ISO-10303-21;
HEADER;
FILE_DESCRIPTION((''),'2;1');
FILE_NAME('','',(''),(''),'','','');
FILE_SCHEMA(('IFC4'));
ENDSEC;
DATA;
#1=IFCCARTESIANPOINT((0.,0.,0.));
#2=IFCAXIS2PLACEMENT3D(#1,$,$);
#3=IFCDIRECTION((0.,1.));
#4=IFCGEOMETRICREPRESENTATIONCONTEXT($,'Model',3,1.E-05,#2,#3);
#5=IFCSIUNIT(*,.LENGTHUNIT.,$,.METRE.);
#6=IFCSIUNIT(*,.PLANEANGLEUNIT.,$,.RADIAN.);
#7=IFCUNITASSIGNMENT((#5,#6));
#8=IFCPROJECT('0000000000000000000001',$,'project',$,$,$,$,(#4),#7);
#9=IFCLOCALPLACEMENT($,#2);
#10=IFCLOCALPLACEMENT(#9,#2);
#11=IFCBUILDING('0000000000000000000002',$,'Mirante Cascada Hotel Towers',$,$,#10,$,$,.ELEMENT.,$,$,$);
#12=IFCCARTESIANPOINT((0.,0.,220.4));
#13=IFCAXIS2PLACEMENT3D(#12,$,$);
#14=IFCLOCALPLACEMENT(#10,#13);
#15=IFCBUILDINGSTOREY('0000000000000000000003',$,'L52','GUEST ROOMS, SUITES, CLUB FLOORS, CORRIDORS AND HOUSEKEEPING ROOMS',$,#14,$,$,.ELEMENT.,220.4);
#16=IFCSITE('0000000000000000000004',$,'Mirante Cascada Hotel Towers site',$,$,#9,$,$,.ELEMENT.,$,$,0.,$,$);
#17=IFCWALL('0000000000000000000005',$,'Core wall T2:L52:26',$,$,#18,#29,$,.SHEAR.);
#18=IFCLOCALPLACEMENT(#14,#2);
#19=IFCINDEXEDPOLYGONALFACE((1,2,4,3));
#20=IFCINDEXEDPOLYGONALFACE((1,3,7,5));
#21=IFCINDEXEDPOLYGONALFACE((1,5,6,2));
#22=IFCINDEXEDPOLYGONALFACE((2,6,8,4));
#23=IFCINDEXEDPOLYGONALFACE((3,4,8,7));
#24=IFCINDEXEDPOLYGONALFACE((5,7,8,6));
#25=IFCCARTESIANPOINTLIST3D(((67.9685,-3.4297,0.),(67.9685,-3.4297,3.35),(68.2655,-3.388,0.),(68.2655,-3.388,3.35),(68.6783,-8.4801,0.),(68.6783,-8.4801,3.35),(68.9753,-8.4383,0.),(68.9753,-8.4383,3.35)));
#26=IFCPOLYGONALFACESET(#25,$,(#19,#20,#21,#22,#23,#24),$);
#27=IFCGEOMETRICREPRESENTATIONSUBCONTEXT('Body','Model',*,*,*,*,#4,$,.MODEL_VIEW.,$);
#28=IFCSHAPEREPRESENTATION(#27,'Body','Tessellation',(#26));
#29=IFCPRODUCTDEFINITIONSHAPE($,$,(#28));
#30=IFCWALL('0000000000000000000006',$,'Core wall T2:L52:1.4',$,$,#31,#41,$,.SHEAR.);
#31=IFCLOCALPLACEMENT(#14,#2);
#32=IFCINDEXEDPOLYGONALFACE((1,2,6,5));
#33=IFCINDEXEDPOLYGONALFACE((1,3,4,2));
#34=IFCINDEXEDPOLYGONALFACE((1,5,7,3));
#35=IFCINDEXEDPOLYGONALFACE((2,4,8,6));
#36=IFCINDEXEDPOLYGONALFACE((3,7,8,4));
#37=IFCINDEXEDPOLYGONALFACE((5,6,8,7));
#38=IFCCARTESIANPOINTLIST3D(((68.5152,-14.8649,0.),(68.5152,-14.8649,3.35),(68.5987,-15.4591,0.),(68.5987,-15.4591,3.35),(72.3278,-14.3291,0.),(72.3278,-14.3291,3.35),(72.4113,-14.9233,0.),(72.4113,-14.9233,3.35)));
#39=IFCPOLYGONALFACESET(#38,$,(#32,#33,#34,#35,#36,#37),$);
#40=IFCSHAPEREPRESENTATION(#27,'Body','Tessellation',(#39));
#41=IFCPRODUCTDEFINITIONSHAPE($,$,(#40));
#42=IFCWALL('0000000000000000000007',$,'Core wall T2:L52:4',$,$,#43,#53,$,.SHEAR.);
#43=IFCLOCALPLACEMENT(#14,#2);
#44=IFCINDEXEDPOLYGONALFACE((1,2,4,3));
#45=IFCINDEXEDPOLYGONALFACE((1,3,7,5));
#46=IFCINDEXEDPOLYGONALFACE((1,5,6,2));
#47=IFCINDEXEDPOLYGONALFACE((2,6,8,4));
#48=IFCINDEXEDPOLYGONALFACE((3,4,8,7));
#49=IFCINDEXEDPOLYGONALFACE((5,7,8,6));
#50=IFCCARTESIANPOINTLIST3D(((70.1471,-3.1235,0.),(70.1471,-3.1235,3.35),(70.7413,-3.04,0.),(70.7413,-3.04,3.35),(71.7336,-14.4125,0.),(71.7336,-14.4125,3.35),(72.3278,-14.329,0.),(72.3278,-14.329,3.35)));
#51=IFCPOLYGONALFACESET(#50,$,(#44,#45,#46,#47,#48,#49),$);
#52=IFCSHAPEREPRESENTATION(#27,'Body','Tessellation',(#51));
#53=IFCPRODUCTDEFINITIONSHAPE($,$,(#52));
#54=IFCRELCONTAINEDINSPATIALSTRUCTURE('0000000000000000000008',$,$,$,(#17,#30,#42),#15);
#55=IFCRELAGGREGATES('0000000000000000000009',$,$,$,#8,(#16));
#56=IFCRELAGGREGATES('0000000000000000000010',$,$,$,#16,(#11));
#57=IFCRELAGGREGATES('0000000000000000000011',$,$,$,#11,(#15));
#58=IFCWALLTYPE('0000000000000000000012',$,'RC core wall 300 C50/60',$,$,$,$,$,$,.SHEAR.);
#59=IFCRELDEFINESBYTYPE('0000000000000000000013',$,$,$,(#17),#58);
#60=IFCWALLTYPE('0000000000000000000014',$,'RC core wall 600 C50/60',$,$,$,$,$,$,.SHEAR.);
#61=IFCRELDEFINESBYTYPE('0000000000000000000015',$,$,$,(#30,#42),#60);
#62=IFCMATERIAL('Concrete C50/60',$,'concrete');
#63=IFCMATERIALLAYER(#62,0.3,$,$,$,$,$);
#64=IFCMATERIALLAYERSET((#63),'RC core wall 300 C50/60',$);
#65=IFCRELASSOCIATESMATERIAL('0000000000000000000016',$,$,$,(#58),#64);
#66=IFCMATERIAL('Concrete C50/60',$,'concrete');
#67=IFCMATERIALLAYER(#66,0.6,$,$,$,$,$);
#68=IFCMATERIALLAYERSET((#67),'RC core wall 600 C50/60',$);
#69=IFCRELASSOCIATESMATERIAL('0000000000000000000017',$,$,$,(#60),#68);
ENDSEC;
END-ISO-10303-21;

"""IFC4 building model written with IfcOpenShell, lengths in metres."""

from ifc_helpers import new_model, si_unit, direction, frame, frame_2d, origin, place, context, subcontext, project, spatial, rectangle, extrude, material, layer, layer_set, type_object, element, save


model = new_model("IFC4")

# Units and contexts
model_context = context("Model", 3, precision=1e-05, world=origin(), true_north=direction((0.0, 1.0)))
body_context = subcontext(model_context, "Body", "Model", "MODEL_VIEW")
ifc_project = project(units=[si_unit("LENGTHUNIT", "METRE"), si_unit("PLANEANGLEUNIT", "RADIAN")], contexts=[model_context])

# Site, building, storey
site_placement = place(None, origin())
site = spatial("IfcSite", under=ifc_project, at=site_placement, Name="Mirante Cascada Hotel Towers site", CompositionType="ELEMENT", RefElevation=0.0)
building_placement = place(site_placement, origin())
building = spatial("IfcBuilding", under=site, at=building_placement, Name="Mirante Cascada Hotel Towers", CompositionType="ELEMENT")
storey_placement = place(building_placement, frame((0.0, 0.0, 220.4)))
storey = spatial("IfcBuildingStorey", under=building, at=storey_placement, Name="L52", Description="GUEST ROOMS, SUITES, CLUB FLOORS, CORRIDORS AND HOUSEKEEPING ROOMS", CompositionType="ELEMENT", Elevation=220.4)

# Walls
ifc_material_1 = material(Name="Concrete C50/60", Category="concrete")
ifc_layer_1 = layer(ifc_material_1, 0.3)
ifc_layer_set_1 = layer_set([ifc_layer_1], Name="RC core wall 300 C50/60")
wall_type_1 = type_object("IfcWallType", Name="RC core wall 300 C50/60", PredefinedType="SHEAR", material=ifc_layer_set_1)
wall_1_placement = place(storey_placement, frame((68.8268, -8.4592, 0.0), z_axis=(0.0, 0.0, 1.0), x_axis=(-0.139176, 0.990268, 0.0)))
element("IfcWall", 1, at=wall_1_placement, inside=storey, type_object=wall_type_1, Name="Core wall T2:L52:26", PredefinedType="SHEAR", context=body_context, shape_type="SweptSolid", body=[
    extrude(rectangle(XDim=5.1, YDim=0.3, at=frame_2d((2.55, 0.0))), origin(), (0.0, 0.0, 1.0), 3.35),
])
ifc_material_2 = material(Name="Concrete C50/60", Category="concrete")
ifc_layer_2 = layer(ifc_material_2, 0.6)
ifc_layer_set_2 = layer_set([ifc_layer_2], Name="RC core wall 600 C50/60")
wall_type_2 = type_object("IfcWallType", Name="RC core wall 600 C50/60", PredefinedType="SHEAR", material=ifc_layer_set_2)
wall_2_placement = place(storey_placement, frame((68.557, -15.162, 0.0), z_axis=(0.0, 0.0, 1.0), x_axis=(0.990269, 0.139166, 0.0)))
element("IfcWall", 2, at=wall_2_placement, inside=storey, type_object=wall_type_2, Name="Core wall T2:L52:1.4", PredefinedType="SHEAR", context=body_context, shape_type="SweptSolid", body=[
    extrude(rectangle(XDim=3.8501, YDim=0.6, at=frame_2d((1.925, 0.0))), origin(), (0.0, 0.0, 1.0), 3.35),
])
wall_3_placement = place(storey_placement, frame((72.0307, -14.3708, 0.0), z_axis=(0.0, 0.0, 1.0), x_axis=(-0.139167, 0.990269, 0.0)))
element("IfcWall", 3, at=wall_3_placement, inside=storey, type_object=wall_type_2, Name="Core wall T2:L52:4", PredefinedType="SHEAR", context=body_context, shape_type="SweptSolid", body=[
    extrude(rectangle(XDim=11.3999, YDim=0.6, at=frame_2d((5.7, 0.0))), origin(), (0.0, 0.0, 1.0), 3.35),
])

save(model, "model.ifc")
